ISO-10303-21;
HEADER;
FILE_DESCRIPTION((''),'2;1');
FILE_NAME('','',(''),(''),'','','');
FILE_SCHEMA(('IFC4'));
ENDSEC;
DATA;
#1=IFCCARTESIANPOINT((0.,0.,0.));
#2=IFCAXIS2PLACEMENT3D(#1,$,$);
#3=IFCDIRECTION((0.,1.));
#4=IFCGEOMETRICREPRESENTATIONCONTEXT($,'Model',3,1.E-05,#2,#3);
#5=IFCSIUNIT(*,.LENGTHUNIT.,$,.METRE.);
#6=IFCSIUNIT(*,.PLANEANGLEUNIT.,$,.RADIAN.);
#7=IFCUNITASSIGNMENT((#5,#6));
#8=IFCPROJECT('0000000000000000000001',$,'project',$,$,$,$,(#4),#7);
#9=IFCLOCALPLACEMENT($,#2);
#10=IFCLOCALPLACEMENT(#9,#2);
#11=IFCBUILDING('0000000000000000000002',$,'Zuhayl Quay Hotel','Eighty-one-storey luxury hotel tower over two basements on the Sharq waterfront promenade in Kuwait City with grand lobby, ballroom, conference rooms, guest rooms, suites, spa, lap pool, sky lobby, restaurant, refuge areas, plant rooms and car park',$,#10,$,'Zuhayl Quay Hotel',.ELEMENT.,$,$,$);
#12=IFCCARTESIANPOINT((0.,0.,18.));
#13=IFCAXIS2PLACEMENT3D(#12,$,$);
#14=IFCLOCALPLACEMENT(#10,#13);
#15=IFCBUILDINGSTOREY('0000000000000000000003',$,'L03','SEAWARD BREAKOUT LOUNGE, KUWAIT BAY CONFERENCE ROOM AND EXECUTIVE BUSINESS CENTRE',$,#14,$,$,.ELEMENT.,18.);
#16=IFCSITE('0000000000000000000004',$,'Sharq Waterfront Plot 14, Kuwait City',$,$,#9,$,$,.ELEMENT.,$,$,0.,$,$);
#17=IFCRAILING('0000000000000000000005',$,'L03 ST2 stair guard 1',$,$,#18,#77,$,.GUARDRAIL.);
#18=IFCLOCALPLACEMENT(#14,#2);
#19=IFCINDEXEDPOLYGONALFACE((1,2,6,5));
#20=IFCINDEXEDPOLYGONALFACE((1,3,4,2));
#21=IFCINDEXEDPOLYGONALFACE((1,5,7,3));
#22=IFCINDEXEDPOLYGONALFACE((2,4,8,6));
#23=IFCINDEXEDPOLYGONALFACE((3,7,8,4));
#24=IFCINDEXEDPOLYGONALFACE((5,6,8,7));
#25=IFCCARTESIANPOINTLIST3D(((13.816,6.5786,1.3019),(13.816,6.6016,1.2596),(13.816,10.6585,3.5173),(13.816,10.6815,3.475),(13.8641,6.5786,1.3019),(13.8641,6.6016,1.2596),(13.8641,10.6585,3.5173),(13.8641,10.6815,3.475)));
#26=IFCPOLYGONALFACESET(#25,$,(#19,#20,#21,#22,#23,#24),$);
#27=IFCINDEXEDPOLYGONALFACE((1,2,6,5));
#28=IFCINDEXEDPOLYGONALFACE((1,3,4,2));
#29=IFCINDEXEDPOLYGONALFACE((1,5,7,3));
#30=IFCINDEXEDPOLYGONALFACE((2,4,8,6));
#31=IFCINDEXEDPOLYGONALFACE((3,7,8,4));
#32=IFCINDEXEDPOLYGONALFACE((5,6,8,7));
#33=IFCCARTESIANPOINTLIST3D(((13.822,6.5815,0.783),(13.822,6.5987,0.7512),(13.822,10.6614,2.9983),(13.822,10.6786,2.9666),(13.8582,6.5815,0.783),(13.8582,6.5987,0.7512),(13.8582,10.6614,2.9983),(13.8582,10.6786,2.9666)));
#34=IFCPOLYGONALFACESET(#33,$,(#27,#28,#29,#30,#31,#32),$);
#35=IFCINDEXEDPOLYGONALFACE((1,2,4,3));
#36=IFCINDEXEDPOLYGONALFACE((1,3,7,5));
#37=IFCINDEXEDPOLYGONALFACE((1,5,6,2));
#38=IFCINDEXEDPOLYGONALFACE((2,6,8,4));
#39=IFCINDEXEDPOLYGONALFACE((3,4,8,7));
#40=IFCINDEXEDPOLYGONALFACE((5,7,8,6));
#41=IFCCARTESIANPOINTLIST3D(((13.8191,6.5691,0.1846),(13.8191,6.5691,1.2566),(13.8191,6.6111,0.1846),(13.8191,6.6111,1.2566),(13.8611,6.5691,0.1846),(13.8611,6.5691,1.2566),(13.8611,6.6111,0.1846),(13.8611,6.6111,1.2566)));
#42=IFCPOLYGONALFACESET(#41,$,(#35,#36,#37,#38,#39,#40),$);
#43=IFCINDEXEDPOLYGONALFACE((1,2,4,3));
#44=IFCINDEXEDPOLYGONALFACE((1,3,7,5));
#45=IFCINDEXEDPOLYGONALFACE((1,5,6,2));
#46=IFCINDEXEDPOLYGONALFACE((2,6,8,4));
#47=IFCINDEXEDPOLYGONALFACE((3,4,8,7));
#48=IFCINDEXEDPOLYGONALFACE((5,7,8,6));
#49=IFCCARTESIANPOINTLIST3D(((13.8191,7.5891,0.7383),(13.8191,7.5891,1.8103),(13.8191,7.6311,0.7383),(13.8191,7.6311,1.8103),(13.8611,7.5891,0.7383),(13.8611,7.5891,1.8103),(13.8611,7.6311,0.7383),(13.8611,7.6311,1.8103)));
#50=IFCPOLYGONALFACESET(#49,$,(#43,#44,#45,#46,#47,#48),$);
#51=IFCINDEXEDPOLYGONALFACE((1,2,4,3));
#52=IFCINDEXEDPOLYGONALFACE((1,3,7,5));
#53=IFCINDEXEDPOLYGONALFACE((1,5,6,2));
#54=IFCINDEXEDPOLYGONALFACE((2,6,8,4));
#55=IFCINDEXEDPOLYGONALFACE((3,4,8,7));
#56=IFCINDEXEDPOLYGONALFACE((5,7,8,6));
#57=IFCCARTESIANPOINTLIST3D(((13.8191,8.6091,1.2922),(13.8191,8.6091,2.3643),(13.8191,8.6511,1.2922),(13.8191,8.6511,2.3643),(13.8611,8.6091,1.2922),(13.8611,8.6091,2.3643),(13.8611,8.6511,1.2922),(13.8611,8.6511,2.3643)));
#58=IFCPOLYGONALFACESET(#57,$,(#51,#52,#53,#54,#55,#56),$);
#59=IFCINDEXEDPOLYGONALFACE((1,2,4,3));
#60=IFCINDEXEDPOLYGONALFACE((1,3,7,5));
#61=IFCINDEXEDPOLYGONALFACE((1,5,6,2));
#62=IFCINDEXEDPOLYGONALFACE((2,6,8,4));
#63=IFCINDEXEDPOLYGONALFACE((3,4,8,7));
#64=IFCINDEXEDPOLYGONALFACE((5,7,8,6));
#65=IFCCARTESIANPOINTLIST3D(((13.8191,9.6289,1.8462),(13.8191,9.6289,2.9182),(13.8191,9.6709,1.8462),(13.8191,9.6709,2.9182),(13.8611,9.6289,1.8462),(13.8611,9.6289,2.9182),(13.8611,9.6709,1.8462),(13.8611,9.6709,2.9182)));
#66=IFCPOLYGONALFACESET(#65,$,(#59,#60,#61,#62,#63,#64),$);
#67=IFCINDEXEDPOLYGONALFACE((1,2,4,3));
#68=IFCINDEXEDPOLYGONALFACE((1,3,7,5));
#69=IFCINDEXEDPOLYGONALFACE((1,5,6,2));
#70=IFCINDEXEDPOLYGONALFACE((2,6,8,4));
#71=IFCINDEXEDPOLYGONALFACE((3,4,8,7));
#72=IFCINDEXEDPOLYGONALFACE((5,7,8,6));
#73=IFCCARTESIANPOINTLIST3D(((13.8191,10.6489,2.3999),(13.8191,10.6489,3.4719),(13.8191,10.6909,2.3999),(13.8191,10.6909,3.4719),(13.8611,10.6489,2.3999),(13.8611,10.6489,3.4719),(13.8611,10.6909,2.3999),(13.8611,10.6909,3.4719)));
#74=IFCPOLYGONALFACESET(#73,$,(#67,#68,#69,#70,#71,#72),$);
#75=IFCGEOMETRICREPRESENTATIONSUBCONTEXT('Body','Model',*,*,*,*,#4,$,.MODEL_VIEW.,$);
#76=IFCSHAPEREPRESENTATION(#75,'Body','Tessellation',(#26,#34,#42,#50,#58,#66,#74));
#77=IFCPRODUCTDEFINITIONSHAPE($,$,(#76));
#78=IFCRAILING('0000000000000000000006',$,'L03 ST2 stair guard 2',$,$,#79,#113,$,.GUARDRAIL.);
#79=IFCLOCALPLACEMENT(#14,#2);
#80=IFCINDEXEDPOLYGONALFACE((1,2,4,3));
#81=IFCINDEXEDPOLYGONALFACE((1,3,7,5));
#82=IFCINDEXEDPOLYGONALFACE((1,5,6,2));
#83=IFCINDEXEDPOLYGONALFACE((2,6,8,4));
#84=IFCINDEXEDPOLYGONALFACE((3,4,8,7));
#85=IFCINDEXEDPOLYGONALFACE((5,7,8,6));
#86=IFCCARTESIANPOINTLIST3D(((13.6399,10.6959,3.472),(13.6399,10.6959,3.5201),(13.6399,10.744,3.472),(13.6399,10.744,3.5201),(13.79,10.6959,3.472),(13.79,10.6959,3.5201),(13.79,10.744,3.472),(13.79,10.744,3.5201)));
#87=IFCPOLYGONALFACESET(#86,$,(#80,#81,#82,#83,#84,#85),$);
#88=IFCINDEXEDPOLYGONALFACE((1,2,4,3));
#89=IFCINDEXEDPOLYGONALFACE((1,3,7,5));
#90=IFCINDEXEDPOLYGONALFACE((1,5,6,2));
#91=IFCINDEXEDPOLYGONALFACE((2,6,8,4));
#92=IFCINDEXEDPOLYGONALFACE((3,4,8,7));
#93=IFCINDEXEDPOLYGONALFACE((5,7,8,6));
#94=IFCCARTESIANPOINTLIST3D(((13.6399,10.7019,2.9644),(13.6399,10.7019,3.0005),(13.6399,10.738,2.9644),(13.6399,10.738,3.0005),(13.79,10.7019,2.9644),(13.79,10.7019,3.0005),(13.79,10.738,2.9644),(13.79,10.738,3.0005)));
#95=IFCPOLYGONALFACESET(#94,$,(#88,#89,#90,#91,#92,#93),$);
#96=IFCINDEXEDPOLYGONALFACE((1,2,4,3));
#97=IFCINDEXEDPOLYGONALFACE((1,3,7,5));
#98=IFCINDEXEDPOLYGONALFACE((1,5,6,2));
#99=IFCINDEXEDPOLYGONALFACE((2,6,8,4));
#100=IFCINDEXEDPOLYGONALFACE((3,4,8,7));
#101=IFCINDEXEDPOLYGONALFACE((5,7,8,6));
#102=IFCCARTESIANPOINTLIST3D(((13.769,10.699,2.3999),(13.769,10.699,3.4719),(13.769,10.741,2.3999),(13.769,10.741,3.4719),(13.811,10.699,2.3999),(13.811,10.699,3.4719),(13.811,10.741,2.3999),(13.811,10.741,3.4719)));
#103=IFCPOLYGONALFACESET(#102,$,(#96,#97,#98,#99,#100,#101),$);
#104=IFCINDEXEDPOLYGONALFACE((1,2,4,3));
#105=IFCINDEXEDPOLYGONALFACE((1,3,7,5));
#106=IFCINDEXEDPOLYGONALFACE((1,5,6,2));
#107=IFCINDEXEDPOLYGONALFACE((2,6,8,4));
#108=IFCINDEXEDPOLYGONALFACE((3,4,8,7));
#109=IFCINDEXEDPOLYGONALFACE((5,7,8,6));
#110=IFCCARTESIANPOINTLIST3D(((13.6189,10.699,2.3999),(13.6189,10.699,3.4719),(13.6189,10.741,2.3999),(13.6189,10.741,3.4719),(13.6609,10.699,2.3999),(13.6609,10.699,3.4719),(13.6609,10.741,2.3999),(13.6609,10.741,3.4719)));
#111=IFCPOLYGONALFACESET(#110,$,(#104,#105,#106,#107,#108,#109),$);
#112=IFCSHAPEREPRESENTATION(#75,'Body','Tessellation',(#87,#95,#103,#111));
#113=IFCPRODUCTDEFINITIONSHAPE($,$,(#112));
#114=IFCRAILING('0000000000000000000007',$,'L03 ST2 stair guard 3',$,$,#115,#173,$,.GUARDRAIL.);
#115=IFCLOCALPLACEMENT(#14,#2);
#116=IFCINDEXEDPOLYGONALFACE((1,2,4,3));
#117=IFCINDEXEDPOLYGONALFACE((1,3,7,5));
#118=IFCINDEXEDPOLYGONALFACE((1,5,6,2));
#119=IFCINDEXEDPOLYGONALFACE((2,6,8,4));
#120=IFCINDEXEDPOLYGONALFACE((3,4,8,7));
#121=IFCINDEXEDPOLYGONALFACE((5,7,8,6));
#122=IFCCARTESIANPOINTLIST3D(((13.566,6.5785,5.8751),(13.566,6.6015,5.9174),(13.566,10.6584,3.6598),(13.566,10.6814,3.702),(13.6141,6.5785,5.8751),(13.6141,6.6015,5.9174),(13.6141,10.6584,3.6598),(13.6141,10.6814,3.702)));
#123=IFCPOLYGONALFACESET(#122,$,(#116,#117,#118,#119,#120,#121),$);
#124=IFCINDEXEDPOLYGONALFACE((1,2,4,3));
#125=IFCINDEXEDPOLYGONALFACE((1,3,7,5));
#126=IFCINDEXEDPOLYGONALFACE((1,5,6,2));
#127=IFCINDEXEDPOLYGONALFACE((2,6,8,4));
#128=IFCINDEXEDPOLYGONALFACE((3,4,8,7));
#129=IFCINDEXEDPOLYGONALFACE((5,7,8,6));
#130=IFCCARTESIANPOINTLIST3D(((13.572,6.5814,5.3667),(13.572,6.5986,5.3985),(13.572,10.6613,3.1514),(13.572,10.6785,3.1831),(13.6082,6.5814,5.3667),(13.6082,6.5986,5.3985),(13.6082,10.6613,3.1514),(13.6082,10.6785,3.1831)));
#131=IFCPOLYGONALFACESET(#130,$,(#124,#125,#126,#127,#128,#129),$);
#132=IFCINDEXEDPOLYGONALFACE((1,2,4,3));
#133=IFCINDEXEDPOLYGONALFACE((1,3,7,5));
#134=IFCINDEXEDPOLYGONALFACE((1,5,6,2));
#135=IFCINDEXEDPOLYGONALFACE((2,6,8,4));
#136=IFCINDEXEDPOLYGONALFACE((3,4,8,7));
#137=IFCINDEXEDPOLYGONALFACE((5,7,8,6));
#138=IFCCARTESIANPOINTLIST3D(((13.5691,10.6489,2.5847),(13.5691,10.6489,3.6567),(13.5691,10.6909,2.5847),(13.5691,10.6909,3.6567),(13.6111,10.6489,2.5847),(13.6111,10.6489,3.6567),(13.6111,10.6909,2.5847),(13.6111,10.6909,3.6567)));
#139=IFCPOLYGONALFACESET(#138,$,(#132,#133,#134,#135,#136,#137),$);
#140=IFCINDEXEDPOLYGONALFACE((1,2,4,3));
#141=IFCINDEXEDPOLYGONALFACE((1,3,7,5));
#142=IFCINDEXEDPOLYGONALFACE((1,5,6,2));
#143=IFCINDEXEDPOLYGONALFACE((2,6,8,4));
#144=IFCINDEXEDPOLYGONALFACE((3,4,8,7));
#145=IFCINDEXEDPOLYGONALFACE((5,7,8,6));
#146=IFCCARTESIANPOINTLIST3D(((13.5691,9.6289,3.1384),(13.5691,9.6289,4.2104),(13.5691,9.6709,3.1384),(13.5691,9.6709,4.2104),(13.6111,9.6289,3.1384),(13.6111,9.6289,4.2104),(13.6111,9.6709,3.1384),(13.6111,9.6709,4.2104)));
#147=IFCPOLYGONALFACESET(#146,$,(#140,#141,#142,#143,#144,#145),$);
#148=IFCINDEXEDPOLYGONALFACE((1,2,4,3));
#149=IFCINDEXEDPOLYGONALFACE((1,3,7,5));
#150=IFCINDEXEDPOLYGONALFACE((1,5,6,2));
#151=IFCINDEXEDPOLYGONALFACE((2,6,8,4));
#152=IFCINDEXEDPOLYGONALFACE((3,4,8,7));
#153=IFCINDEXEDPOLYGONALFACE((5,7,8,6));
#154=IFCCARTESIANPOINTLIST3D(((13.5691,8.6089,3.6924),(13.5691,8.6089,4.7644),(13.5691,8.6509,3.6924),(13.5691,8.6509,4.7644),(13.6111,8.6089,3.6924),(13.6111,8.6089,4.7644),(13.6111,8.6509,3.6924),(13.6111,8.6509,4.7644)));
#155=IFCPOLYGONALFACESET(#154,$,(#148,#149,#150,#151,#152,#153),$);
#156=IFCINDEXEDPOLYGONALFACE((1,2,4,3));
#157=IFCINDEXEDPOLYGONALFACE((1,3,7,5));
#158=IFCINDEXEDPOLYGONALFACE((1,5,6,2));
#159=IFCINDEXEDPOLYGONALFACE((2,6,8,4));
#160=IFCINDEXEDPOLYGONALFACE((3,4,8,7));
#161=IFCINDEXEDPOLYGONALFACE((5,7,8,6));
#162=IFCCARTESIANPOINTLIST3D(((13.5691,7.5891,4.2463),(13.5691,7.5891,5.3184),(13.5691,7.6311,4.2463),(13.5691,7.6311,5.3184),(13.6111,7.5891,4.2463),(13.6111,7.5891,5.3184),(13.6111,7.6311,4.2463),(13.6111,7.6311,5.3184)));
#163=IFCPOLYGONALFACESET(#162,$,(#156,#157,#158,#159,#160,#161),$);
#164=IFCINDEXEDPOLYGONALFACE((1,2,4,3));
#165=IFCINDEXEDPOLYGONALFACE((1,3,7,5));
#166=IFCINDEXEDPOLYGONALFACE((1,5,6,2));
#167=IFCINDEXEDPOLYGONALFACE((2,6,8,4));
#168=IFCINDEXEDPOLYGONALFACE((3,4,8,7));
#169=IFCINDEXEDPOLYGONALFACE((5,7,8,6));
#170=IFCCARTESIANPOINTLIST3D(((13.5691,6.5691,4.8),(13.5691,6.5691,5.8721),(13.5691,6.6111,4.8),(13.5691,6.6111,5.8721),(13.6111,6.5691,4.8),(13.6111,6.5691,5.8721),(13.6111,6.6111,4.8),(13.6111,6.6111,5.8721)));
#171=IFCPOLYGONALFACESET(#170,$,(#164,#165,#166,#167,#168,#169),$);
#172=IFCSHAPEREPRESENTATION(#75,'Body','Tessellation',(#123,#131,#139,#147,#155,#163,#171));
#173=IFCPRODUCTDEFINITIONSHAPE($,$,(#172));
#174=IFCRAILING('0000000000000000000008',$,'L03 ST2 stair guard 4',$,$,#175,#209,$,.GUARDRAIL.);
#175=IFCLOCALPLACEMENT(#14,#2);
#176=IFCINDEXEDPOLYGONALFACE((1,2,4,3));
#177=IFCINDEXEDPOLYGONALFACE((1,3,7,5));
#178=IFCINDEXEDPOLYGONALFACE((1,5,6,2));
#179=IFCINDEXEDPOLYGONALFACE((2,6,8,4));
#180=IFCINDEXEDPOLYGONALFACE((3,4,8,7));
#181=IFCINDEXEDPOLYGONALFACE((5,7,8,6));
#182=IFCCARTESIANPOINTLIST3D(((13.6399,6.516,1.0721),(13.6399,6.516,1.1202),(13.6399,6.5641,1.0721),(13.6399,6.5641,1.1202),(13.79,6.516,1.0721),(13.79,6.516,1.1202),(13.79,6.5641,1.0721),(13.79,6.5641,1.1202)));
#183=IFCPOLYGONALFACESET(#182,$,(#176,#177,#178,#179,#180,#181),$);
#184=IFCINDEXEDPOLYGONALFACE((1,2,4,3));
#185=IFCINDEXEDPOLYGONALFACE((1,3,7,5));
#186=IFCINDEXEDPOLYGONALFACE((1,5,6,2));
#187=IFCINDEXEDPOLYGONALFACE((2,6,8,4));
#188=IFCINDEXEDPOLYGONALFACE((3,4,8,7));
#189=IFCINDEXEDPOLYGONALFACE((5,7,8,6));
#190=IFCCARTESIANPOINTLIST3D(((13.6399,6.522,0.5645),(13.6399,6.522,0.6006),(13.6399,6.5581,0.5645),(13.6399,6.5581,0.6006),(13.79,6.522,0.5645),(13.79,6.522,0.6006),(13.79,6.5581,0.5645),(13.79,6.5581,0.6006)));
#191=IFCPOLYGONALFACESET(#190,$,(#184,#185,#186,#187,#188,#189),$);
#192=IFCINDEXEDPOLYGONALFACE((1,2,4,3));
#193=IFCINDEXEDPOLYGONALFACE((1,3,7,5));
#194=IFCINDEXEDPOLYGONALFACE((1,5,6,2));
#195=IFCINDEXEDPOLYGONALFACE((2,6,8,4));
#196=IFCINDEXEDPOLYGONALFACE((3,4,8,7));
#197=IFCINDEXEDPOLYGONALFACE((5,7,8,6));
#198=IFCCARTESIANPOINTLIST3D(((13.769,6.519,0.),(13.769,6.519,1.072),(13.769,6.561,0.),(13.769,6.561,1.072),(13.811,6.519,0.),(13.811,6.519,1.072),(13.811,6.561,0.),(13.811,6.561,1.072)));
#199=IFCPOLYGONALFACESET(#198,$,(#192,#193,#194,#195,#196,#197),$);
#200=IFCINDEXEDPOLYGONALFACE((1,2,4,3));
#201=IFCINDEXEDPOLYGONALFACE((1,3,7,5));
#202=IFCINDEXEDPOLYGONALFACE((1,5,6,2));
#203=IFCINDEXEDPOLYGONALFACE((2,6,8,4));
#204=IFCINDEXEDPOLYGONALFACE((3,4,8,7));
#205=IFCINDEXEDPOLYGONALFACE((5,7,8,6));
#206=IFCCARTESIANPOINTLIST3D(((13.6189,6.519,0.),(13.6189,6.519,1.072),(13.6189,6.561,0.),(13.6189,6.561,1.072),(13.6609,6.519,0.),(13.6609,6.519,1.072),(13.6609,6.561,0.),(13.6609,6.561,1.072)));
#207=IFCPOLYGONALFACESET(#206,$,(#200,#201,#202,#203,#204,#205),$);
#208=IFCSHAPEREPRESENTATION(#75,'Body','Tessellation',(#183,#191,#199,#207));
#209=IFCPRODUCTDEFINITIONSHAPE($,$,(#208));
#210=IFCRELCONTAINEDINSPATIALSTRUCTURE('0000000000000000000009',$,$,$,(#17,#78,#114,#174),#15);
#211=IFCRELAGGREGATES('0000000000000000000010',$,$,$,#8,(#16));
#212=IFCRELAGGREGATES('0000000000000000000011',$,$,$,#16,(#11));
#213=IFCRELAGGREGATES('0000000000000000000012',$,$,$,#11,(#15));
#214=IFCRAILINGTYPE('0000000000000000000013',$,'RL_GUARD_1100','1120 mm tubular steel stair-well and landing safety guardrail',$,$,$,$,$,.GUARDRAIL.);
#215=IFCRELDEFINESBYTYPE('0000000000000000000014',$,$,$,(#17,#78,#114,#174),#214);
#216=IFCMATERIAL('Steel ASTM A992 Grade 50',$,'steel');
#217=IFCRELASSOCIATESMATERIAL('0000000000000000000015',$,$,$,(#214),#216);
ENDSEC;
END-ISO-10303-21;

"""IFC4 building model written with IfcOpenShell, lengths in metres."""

from ifc_helpers import new_model, si_unit, direction, frame, origin, origin_2d, place, context, subcontext, project, spatial, rectangle, extrude, material, type_object, element, save


model = new_model("IFC4")

# Units and contexts
model_context = context("Model", 3, precision=1e-05, world=origin(), true_north=direction((0.0, 1.0)))
body_context = subcontext(model_context, "Body", "Model", "MODEL_VIEW")
ifc_project = project(units=[si_unit("LENGTHUNIT", "METRE"), si_unit("PLANEANGLEUNIT", "RADIAN")], contexts=[model_context])

# Site, building, storey
site_placement = place(None, origin())
site = spatial("IfcSite", under=ifc_project, at=site_placement, Name="Sharq Waterfront Plot 14, Kuwait City", CompositionType="ELEMENT", RefElevation=0.0)
building_placement = place(site_placement, origin())
building = spatial("IfcBuilding", under=site, at=building_placement, Name="Zuhayl Quay Hotel", Description="Eighty-one-storey luxury hotel tower over two basements on the Sharq waterfront promenade in Kuwait City with grand lobby, ballroom, conference rooms, guest rooms, suites, spa, lap pool, sky lobby, restaurant, refuge areas, plant rooms and car park", LongName="Zuhayl Quay Hotel", CompositionType="ELEMENT")
storey_placement = place(building_placement, frame((0.0, 0.0, 18.0)))
storey = spatial("IfcBuildingStorey", under=building, at=storey_placement, Name="L03", Description="SEAWARD BREAKOUT LOUNGE, KUWAIT BAY CONFERENCE ROOM AND EXECUTIVE BUSINESS CENTRE", CompositionType="ELEMENT", Elevation=18.0)

# Shared definitions
ifc_material_1 = material(Name="Steel ASTM A992 Grade 50", Category="steel")

# Railings
railing_type_1 = type_object("IfcRailingType", Name="RL_GUARD_1100", Description="1120 mm tubular steel stair-well and landing safety guardrail", PredefinedType="GUARDRAIL", material=ifc_material_1)
railing_1_placement = place(storey_placement, frame((13.8401, 6.5901, 0.1846)))
element("IfcRailing", 1, at=railing_1_placement, inside=storey, type_object=railing_type_1, Name="L03 ST2 stair guard 1", PredefinedType="GUARDRAIL", context=body_context, shape_type="SweptSolid", body=[
    extrude(rectangle(XDim=0.0481, YDim=0.0481, at=origin_2d()), frame((0.0, 0.0, 1.0962), z_axis=(0.0, 0.878802, 0.477186), x_axis=(-1.0, 0.0, 0.0)), (0.0, 0.0, 1.0), 4.6426),
    extrude(rectangle(XDim=0.0361, YDim=0.0361, at=origin_2d()), frame((0.0, 0.0, 0.5825), z_axis=(0.0, 0.878802, 0.477186), x_axis=(-1.0, 0.0, 0.0)), (0.0, 0.0, 1.0), 4.6426),
    extrude(rectangle(XDim=0.042, YDim=0.042, at=origin_2d()), origin(), (0.0, 0.0, 1.0), 1.072),
    extrude(rectangle(XDim=0.042, YDim=0.042, at=origin_2d()), frame((0.0, 1.02, 0.5537)), (0.0, 0.0, 1.0), 1.072),
    extrude(rectangle(XDim=0.042, YDim=0.042, at=origin_2d()), frame((0.0, 2.04, 1.1077)), (0.0, 0.0, 1.0), 1.072),
    extrude(rectangle(XDim=0.042, YDim=0.042, at=origin_2d()), frame((0.0, 3.0598, 1.6616)), (0.0, 0.0, 1.0), 1.072),
    extrude(rectangle(XDim=0.042, YDim=0.042, at=origin_2d()), frame((0.0, 4.0798, 2.2153)), (0.0, 0.0, 1.0), 1.072),
])
railing_2_placement = place(storey_placement, frame((13.79, 10.72, 2.3999)))
element("IfcRailing", 2, at=railing_2_placement, inside=storey, type_object=railing_type_1, Name="L03 ST2 stair guard 2", PredefinedType="GUARDRAIL", context=body_context, shape_type="SweptSolid", body=[
    extrude(rectangle(XDim=0.0481, YDim=0.0481, at=origin_2d()), frame((0.0, 0.0, 1.0962), z_axis=(-1.0, 0.0, 0.0), x_axis=(0.0, -1.0, 0.0)), (0.0, 0.0, 1.0), 0.1501),
    extrude(rectangle(XDim=0.0361, YDim=0.0361, at=origin_2d()), frame((0.0, 0.0, 0.5825), z_axis=(-1.0, 0.0, 0.0), x_axis=(0.0, -1.0, 0.0)), (0.0, 0.0, 1.0), 0.1501),
    extrude(rectangle(XDim=0.042, YDim=0.042, at=origin_2d()), origin(), (0.0, 0.0, 1.0), 1.072),
    extrude(rectangle(XDim=0.042, YDim=0.042, at=origin_2d()), frame((-0.1501, 0.0, 0.0)), (0.0, 0.0, 1.0), 1.072),
])
railing_3_placement = place(storey_placement, frame((13.5901, 10.6699, 2.5847)))
element("IfcRailing", 3, at=railing_3_placement, inside=storey, type_object=railing_type_1, Name="L03 ST2 stair guard 3", PredefinedType="GUARDRAIL", context=body_context, shape_type="SweptSolid", body=[
    extrude(rectangle(XDim=0.0481, YDim=0.0481, at=origin_2d()), frame((0.0, 0.0, 1.0962), z_axis=(0.0, -0.878802, 0.477186), x_axis=(1.0, 0.0, 0.0)), (0.0, 0.0, 1.0), 4.6426),
    extrude(rectangle(XDim=0.0361, YDim=0.0361, at=origin_2d()), frame((0.0, 0.0, 0.5825), z_axis=(0.0, -0.878802, 0.477186), x_axis=(1.0, 0.0, 0.0)), (0.0, 0.0, 1.0), 4.6426),
    extrude(rectangle(XDim=0.042, YDim=0.042, at=origin_2d()), origin(), (0.0, 0.0, 1.0), 1.072),
    extrude(rectangle(XDim=0.042, YDim=0.042, at=origin_2d()), frame((0.0, -1.02, 0.5537)), (0.0, 0.0, 1.0), 1.072),
    extrude(rectangle(XDim=0.042, YDim=0.042, at=origin_2d()), frame((0.0, -2.04, 1.1077)), (0.0, 0.0, 1.0), 1.072),
    extrude(rectangle(XDim=0.042, YDim=0.042, at=origin_2d()), frame((0.0, -3.0598, 1.6616)), (0.0, 0.0, 1.0), 1.072),
    extrude(rectangle(XDim=0.042, YDim=0.042, at=origin_2d()), frame((0.0, -4.0798, 2.2153)), (0.0, 0.0, 1.0), 1.072),
])
railing_4_placement = place(storey_placement, frame((13.79, 6.54, 0.0)))
element("IfcRailing", 4, at=railing_4_placement, inside=storey, type_object=railing_type_1, Name="L03 ST2 stair guard 4", PredefinedType="GUARDRAIL", context=body_context, shape_type="SweptSolid", body=[
    extrude(rectangle(XDim=0.0481, YDim=0.0481, at=origin_2d()), frame((0.0, 0.0, 1.0962), z_axis=(-1.0, 0.0, 0.0), x_axis=(0.0, -1.0, 0.0)), (0.0, 0.0, 1.0), 0.1501),
    extrude(rectangle(XDim=0.0361, YDim=0.0361, at=origin_2d()), frame((0.0, 0.0, 0.5825), z_axis=(-1.0, 0.0, 0.0), x_axis=(0.0, -1.0, 0.0)), (0.0, 0.0, 1.0), 0.1501),
    extrude(rectangle(XDim=0.042, YDim=0.042, at=origin_2d()), origin(), (0.0, 0.0, 1.0), 1.072),
    extrude(rectangle(XDim=0.042, YDim=0.042, at=origin_2d()), frame((-0.1501, 0.0, 0.0)), (0.0, 0.0, 1.0), 1.072),
])

save(model, "model.ifc")
